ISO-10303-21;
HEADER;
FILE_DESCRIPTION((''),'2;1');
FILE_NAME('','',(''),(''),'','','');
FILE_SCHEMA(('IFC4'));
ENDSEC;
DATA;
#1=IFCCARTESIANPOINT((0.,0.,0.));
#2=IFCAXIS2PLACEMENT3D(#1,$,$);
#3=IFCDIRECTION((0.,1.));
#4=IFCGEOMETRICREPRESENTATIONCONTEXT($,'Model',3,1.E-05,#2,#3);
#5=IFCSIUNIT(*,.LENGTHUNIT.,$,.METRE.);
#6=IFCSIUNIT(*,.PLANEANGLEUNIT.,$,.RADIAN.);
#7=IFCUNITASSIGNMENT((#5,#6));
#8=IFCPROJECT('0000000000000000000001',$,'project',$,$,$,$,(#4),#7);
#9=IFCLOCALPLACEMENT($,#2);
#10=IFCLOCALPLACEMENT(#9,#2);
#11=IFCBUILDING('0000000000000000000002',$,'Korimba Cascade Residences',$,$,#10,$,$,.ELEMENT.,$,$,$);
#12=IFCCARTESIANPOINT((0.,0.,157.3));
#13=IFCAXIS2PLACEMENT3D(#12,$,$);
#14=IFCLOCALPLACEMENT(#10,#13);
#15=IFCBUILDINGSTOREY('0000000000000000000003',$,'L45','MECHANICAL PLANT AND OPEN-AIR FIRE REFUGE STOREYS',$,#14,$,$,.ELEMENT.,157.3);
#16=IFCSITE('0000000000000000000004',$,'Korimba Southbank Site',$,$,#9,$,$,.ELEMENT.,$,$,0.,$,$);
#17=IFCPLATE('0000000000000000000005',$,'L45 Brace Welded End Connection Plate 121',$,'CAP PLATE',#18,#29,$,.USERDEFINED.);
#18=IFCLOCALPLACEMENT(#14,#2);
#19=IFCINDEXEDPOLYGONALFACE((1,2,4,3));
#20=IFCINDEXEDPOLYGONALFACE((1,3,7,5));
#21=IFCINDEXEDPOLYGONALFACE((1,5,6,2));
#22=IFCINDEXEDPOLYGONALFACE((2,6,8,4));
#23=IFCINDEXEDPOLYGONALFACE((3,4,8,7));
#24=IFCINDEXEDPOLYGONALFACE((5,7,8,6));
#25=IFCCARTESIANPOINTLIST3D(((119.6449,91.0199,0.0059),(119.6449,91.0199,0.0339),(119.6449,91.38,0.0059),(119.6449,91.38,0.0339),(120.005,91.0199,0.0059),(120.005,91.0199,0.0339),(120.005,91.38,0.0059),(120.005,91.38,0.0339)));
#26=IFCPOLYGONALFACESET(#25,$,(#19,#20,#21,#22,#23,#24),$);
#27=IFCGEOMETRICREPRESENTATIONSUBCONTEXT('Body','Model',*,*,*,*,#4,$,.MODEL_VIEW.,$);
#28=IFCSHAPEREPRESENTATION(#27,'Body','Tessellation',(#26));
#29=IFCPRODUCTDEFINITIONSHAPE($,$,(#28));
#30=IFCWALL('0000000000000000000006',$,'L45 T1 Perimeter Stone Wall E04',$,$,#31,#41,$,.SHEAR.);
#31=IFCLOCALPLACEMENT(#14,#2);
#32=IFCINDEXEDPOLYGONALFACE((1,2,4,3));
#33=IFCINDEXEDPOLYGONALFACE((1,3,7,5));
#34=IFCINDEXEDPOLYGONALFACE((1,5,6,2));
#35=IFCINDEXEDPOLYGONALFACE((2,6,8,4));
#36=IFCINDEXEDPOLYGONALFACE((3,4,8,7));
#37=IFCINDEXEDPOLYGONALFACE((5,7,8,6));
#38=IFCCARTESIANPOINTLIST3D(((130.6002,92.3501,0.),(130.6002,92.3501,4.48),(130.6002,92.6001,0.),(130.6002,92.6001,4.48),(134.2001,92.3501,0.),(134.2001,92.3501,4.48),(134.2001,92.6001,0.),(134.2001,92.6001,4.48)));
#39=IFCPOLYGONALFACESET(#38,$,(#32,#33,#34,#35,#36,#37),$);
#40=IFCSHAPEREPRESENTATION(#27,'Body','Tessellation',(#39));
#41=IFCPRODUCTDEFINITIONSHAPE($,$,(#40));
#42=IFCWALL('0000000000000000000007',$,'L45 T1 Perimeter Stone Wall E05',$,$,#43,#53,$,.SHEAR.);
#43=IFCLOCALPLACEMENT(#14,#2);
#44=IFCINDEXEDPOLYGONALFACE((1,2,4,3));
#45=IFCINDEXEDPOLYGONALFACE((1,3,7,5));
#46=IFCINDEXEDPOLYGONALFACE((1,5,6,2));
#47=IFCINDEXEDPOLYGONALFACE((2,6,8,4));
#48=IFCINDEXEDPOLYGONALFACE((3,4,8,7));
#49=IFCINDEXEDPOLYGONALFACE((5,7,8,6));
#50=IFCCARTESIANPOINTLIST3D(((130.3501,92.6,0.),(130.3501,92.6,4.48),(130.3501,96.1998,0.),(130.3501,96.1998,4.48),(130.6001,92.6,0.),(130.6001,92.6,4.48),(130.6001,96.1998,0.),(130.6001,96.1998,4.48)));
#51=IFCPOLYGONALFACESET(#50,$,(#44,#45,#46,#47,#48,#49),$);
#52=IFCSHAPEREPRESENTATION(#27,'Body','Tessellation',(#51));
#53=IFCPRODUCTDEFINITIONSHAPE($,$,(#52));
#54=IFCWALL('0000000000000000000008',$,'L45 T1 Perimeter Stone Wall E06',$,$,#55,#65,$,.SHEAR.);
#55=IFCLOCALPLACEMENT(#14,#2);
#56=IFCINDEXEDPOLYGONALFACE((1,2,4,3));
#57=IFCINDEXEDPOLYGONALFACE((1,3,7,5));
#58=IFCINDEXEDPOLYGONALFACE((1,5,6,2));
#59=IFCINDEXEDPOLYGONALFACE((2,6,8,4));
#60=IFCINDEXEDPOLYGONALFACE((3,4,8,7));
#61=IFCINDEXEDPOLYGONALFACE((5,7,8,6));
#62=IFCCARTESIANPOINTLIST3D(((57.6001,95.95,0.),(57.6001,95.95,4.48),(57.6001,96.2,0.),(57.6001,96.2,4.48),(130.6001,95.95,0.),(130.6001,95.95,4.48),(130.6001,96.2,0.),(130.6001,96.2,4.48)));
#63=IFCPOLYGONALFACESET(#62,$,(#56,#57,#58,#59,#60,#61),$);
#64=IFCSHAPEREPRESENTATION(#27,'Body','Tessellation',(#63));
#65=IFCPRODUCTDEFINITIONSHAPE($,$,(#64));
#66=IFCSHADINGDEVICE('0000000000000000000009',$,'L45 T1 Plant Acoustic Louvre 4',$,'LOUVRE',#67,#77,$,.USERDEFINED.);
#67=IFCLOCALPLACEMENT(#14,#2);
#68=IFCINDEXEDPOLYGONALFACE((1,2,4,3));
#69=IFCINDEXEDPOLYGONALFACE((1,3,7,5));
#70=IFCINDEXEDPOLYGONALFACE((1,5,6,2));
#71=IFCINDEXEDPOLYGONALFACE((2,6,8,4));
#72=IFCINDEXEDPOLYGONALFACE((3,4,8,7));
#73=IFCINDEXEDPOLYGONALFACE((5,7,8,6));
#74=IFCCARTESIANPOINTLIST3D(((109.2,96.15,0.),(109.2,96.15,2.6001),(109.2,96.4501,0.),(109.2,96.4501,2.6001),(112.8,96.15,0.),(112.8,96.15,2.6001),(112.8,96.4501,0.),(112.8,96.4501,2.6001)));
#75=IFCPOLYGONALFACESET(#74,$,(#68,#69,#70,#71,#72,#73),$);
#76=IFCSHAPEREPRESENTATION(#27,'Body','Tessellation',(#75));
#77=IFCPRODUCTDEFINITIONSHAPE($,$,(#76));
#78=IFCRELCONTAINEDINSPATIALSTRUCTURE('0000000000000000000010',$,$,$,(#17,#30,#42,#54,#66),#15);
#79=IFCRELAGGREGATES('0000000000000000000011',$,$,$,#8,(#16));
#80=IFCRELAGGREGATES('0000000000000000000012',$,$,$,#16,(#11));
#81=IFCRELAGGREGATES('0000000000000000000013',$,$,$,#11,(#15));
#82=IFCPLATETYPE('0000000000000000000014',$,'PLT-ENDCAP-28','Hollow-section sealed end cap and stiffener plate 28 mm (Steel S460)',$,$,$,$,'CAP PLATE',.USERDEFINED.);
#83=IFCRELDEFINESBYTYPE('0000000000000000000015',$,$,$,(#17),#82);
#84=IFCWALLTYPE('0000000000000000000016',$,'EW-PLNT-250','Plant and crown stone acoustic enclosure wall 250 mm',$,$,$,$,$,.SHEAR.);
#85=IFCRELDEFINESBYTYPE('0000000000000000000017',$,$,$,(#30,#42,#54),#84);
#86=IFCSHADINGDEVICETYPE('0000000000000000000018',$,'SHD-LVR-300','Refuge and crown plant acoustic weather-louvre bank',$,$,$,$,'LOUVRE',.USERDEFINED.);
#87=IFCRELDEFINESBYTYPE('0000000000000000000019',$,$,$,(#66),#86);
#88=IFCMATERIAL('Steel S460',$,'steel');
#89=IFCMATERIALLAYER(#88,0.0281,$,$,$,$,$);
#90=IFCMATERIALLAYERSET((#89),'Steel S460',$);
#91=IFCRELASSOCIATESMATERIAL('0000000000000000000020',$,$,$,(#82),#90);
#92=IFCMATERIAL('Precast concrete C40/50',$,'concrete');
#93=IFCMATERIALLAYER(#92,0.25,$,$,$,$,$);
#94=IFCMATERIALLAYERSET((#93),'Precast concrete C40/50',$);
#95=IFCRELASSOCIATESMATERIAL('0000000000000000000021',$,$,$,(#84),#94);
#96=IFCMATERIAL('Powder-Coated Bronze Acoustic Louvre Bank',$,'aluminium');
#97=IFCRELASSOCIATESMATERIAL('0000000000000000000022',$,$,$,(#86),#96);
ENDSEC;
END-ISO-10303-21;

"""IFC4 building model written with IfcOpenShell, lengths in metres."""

from ifc_helpers import new_model, si_unit, direction, frame, frame_2d, origin, origin_2d, place, context, subcontext, project, spatial, rectangle, extrude, material, layer, layer_set, type_object, element, save


model = new_model("IFC4")

# Units and contexts
model_context = context("Model", 3, precision=1e-05, world=origin(), true_north=direction((0.0, 1.0)))
body_context = subcontext(model_context, "Body", "Model", "MODEL_VIEW")
ifc_project = project(units=[si_unit("LENGTHUNIT", "METRE"), si_unit("PLANEANGLEUNIT", "RADIAN")], contexts=[model_context])

# Site, building, storey
site_placement = place(None, origin())
site = spatial("IfcSite", under=ifc_project, at=site_placement, Name="Korimba Southbank Site", CompositionType="ELEMENT", RefElevation=0.0)
building_placement = place(site_placement, origin())
building = spatial("IfcBuilding", under=site, at=building_placement, Name="Korimba Cascade Residences", CompositionType="ELEMENT")
storey_placement = place(building_placement, frame((0.0, 0.0, 157.3)))
storey = spatial("IfcBuildingStorey", under=building, at=storey_placement, Name="L45", Description="MECHANICAL PLANT AND OPEN-AIR FIRE REFUGE STOREYS", CompositionType="ELEMENT", Elevation=157.3)

# Shared definitions
ifc_material_1 = material(Name="Steel S460", Category="steel")

# Plate
ifc_layer_1 = layer(ifc_material_1, 0.0281)
ifc_layer_set_1 = layer_set([ifc_layer_1], Name="Steel S460")
plate_type = type_object("IfcPlateType", Name="PLT-ENDCAP-28", Description="Hollow-section sealed end cap and stiffener plate 28 mm (Steel S460)", ElementType="CAP PLATE", PredefinedType="USERDEFINED", material=ifc_layer_set_1)
for number, where, z_axis, x_axis, name in (
    (1, (119.825, 91.2, 0.0059), (0.0, 0.0, 1.0), (1.0, 0.0, 0.0), "L45 Brace Welded End Connection Plate 121"),
):
    element("IfcPlate", number, at=place(storey_placement, frame(where, z_axis=z_axis, x_axis=x_axis)), inside=storey, type_object=plate_type, Name=name, ObjectType="CAP PLATE", PredefinedType="USERDEFINED", context=body_context, shape_type="SweptSolid", body=[
        extrude(rectangle(XDim=0.3601, YDim=0.3601, at=origin_2d()), origin(), (0.0, 0.0, 1.0), 0.0281),
    ])

# Walls
ifc_material_2 = material(Name="Precast concrete C40/50", Category="concrete")
ifc_layer_2 = layer(ifc_material_2, 0.25)
ifc_layer_set_2 = layer_set([ifc_layer_2], Name="Precast concrete C40/50")
wall_type = type_object("IfcWallType", Name="EW-PLNT-250", Description="Plant and crown stone acoustic enclosure wall 250 mm", PredefinedType="SHEAR", material=ifc_layer_set_2)
for number, where, z_axis, x_axis, name in (
    (2, (134.2, 92.4751, 0.0), (0.0, 0.0, 1.0), (-1.0, 0.0, 0.0), "L45 T1 Perimeter Stone Wall E04"),
    (3, (130.4751, 92.6001, 0.0), (0.0, 0.0, 1.0), (0.0, 1.0, 0.0), "L45 T1 Perimeter Stone Wall E05"),
):
    element("IfcWall", number, at=place(storey_placement, frame(where, z_axis=z_axis, x_axis=x_axis)), inside=storey, type_object=wall_type, Name=name, PredefinedType="SHEAR", context=body_context, shape_type="SweptSolid", body=[
        extrude(rectangle(XDim=3.5999, YDim=0.25, at=frame_2d((1.7998, 0.0))), origin(), (0.0, 0.0, 1.0), 4.48),
    ])
wall_placement = place(storey_placement, frame((130.6001, 96.075, 0.0), z_axis=(0.0, 0.0, 1.0), x_axis=(-1.0, 0.0, 0.0)))
element("IfcWall", 4, at=wall_placement, inside=storey, type_object=wall_type, Name="L45 T1 Perimeter Stone Wall E06", PredefinedType="SHEAR", context=body_context, shape_type="SweptSolid", body=[
    extrude(rectangle(XDim=73.0, YDim=0.25, at=frame_2d((36.5, 0.0))), origin(), (0.0, 0.0, 1.0), 4.48),
])

# Shading device
ifc_material_3 = material(Name="Powder-Coated Bronze Acoustic Louvre Bank", Category="aluminium")
shading_device_type = type_object("IfcShadingDeviceType", Name="SHD-LVR-300", Description="Refuge and crown plant acoustic weather-louvre bank", ElementType="LOUVRE", PredefinedType="USERDEFINED", material=ifc_material_3)
shading_device_placement = place(storey_placement, frame((111.0, 96.3, 0.0), z_axis=(0.0, 0.0, 1.0), x_axis=(1.0, 0.0, 0.0)))
element("IfcShadingDevice", 5, at=shading_device_placement, inside=storey, type_object=shading_device_type, Name="L45 T1 Plant Acoustic Louvre 4", ObjectType="LOUVRE", PredefinedType="USERDEFINED", context=body_context, shape_type="SweptSolid", body=[
    extrude(rectangle(XDim=3.6001, YDim=0.3, at=origin_2d()), origin(), (0.0, 0.0, 1.0), 2.6001),
])

save(model, "model.ifc")
